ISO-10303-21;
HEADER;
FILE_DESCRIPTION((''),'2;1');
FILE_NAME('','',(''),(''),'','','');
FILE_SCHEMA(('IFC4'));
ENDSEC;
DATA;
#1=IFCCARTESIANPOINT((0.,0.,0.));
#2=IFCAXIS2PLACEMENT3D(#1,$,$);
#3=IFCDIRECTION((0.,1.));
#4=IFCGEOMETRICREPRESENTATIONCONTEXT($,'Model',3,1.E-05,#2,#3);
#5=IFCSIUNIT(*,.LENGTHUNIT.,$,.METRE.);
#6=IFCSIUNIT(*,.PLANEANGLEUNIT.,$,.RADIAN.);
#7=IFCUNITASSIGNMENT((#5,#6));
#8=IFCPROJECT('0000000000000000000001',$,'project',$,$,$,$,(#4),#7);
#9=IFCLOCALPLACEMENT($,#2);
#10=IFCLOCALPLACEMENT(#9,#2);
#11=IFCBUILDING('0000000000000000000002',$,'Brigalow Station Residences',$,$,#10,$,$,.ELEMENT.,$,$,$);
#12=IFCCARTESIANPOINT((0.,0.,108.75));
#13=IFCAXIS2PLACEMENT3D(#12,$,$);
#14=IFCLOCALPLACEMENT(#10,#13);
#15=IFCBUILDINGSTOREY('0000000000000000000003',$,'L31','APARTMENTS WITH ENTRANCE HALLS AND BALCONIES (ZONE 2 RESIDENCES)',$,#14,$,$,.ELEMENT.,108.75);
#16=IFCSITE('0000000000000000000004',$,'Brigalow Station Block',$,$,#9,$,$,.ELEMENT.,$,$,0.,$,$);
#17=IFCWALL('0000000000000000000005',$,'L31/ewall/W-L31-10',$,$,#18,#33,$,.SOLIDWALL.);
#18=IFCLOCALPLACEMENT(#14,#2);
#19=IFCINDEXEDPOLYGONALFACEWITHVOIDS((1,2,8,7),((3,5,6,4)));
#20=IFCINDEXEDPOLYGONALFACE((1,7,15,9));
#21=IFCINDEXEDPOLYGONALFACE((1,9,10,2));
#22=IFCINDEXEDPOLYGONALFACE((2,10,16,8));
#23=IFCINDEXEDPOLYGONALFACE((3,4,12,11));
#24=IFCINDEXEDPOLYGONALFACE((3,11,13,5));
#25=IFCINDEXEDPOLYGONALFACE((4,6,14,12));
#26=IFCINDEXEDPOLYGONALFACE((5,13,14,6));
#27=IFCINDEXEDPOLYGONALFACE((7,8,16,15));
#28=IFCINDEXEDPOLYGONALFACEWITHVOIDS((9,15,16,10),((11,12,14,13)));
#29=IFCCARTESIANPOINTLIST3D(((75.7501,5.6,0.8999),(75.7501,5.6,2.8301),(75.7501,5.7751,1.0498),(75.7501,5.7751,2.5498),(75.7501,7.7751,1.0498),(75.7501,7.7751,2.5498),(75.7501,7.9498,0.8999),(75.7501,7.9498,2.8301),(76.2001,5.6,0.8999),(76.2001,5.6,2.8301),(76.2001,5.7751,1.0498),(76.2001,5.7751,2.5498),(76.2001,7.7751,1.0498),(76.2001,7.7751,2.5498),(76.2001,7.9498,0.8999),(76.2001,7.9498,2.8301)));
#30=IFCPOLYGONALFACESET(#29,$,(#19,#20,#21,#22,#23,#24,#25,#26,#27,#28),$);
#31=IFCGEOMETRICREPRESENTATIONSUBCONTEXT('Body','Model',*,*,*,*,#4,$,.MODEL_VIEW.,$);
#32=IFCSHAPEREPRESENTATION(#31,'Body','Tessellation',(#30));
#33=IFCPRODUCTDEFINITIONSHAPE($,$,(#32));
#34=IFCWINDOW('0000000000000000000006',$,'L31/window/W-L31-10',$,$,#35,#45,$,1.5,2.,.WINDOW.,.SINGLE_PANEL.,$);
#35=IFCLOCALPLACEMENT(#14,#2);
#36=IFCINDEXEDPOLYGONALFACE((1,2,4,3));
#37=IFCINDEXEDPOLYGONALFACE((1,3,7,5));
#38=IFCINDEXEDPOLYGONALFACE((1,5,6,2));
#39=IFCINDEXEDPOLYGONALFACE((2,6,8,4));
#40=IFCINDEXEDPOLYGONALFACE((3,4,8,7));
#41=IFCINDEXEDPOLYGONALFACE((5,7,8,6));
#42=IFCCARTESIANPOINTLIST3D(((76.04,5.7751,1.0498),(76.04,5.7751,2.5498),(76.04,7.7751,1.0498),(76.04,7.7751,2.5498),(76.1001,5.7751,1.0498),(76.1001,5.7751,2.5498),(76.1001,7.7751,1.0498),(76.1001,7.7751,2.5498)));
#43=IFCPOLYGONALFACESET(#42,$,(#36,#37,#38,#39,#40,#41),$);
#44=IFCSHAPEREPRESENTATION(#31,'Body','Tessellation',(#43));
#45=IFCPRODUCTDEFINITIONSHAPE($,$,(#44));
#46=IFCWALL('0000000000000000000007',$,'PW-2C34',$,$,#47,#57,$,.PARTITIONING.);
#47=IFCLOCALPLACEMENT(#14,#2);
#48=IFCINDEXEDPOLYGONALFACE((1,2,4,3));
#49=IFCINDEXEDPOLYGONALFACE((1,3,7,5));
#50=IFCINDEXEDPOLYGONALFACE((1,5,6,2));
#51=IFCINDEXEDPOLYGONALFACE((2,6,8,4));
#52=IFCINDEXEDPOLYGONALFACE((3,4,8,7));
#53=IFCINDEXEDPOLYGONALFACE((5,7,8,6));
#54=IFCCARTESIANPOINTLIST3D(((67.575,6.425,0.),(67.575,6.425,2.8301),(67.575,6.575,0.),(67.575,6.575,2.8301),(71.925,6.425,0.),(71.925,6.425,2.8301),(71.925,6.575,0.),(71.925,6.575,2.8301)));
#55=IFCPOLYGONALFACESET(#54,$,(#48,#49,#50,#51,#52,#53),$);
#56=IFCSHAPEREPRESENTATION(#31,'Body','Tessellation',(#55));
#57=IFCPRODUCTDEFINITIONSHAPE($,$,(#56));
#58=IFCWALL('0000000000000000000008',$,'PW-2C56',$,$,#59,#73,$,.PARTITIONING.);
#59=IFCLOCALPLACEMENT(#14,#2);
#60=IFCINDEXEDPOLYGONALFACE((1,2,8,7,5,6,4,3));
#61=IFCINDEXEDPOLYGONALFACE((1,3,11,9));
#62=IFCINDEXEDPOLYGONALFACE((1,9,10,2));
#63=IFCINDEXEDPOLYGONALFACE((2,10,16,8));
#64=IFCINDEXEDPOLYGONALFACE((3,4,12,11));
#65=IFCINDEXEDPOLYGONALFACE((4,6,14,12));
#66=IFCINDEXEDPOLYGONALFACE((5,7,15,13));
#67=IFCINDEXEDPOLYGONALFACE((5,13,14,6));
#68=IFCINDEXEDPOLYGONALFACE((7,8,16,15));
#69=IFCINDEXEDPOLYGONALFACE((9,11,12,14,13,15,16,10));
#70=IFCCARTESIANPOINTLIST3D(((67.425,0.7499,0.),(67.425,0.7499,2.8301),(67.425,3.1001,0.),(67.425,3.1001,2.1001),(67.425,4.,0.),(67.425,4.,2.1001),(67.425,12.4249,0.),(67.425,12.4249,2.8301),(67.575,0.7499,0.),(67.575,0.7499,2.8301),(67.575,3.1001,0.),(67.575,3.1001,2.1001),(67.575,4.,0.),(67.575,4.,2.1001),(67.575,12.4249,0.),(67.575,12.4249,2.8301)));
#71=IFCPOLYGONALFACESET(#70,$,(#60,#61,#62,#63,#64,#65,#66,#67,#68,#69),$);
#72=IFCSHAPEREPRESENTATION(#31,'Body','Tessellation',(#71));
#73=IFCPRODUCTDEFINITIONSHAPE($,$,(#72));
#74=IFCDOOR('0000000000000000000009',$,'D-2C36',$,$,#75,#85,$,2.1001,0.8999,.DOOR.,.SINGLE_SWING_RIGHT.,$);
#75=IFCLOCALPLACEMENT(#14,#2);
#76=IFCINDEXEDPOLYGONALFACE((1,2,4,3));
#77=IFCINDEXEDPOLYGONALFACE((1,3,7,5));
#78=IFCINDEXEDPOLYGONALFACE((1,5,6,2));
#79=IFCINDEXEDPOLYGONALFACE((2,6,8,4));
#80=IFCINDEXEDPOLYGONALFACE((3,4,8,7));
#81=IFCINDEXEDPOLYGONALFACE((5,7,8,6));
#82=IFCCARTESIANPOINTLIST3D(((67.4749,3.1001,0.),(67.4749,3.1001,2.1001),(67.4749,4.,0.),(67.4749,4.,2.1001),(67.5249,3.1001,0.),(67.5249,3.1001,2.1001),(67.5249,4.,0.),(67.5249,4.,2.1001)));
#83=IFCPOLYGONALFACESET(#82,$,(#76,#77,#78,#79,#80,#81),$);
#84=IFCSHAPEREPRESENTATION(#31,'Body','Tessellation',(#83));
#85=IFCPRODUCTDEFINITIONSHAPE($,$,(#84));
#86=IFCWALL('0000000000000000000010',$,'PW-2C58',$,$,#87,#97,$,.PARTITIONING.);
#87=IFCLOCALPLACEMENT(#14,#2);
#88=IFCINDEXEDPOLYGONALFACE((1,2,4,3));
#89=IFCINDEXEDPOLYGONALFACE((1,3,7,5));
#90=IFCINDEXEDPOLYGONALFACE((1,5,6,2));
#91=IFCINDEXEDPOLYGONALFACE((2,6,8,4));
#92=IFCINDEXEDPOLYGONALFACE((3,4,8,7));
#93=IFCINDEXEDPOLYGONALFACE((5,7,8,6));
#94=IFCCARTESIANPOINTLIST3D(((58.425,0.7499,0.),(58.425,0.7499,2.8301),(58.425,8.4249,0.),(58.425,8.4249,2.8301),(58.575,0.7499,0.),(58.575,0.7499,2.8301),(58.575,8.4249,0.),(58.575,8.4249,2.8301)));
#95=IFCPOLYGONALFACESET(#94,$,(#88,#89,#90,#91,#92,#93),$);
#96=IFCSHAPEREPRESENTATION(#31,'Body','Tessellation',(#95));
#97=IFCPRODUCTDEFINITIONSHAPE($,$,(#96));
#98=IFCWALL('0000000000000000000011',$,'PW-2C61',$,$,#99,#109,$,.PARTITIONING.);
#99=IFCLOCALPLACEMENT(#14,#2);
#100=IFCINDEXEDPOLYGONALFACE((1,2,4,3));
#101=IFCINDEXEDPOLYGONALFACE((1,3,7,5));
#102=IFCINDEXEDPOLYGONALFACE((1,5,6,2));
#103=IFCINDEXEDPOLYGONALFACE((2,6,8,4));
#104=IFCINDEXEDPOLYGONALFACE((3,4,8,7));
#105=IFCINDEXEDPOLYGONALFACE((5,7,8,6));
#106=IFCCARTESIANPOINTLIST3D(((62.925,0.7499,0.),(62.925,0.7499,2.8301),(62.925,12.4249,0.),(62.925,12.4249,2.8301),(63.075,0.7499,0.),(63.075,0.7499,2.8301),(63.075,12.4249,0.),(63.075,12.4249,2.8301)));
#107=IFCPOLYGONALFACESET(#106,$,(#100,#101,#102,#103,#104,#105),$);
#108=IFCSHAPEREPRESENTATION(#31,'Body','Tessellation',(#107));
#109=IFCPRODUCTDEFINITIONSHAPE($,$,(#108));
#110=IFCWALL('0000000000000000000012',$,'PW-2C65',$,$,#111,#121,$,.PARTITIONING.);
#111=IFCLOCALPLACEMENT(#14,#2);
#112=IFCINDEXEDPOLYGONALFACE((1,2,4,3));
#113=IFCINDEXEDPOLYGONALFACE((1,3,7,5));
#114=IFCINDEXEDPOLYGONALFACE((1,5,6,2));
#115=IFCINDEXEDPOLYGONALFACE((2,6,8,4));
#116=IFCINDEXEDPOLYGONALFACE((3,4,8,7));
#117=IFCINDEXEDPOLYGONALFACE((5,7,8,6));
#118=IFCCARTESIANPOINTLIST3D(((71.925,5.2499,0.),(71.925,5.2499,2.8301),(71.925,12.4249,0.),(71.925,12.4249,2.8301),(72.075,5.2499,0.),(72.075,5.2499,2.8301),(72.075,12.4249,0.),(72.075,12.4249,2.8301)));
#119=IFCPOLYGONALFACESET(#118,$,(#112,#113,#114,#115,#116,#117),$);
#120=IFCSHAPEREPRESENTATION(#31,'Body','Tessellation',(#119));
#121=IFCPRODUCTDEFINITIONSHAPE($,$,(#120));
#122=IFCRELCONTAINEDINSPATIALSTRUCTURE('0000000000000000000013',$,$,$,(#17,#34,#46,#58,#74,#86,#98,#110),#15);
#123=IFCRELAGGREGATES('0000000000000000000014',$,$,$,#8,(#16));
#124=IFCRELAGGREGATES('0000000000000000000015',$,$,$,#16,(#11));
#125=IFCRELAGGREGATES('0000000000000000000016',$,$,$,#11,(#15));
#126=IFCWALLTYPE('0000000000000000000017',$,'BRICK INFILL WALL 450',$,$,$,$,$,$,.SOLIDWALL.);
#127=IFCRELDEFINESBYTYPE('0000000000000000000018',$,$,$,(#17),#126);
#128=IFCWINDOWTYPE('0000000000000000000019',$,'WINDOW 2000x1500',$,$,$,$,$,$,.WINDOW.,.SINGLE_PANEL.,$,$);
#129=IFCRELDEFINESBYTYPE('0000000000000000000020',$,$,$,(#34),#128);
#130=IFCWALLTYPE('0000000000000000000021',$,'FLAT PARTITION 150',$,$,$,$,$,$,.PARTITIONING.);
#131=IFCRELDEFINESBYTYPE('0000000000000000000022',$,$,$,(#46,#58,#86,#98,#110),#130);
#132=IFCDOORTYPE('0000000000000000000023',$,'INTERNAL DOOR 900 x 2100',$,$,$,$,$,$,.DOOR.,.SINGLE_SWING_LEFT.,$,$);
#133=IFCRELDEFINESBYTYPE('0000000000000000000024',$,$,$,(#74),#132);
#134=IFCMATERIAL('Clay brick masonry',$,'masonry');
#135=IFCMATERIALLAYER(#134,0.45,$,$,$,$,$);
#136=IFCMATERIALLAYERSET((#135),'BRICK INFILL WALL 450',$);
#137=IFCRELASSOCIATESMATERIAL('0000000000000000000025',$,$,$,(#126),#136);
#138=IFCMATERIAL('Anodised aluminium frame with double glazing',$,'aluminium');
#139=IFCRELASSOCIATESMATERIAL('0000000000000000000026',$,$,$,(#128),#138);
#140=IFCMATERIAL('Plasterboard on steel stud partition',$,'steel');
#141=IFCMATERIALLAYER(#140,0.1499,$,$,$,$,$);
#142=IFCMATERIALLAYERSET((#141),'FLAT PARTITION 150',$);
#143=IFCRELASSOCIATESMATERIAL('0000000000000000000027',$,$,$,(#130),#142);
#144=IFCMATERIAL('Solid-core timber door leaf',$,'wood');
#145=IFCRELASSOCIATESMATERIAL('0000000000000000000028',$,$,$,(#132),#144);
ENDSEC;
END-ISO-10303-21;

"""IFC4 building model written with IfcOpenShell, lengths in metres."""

from ifc_helpers import new_model, si_unit, direction, frame, frame_2d, origin, place, context, subcontext, project, spatial, rectangle, extrude, material, layer, layer_set, type_object, element, fill, save


model = new_model("IFC4")

# Units and contexts
model_context = context("Model", 3, precision=1e-05, world=origin(), true_north=direction((0.0, 1.0)))
body_context = subcontext(model_context, "Body", "Model", "MODEL_VIEW")
ifc_project = project(units=[si_unit("LENGTHUNIT", "METRE"), si_unit("PLANEANGLEUNIT", "RADIAN")], contexts=[model_context])

# Site, building, storey
site_placement = place(None, origin())
site = spatial("IfcSite", under=ifc_project, at=site_placement, Name="Brigalow Station Block", CompositionType="ELEMENT", RefElevation=0.0)
building_placement = place(site_placement, origin())
building = spatial("IfcBuilding", under=site, at=building_placement, Name="Brigalow Station Residences", CompositionType="ELEMENT")
storey_placement = place(building_placement, frame((0.0, 0.0, 108.75)))
storey = spatial("IfcBuildingStorey", under=building, at=storey_placement, Name="L31", Description="APARTMENTS WITH ENTRANCE HALLS AND BALCONIES (ZONE 2 RESIDENCES)", CompositionType="ELEMENT", Elevation=108.75)

# Wall, opening, window
ifc_material_1 = material(Name="Clay brick masonry", Category="masonry")
ifc_layer_1 = layer(ifc_material_1, 0.45)
ifc_layer_set_1 = layer_set([ifc_layer_1], Name="BRICK INFILL WALL 450")
wall_type_1 = type_object("IfcWallType", Name="BRICK INFILL WALL 450", PredefinedType="SOLIDWALL", material=ifc_layer_set_1)
wall_1_placement = place(storey_placement, frame((75.9751, 5.6001, 0.8999), z_axis=(0.0, 0.0, 1.0), x_axis=(0.0, 1.0, 0.0)))
wall_1 = element("IfcWall", 1, at=wall_1_placement, inside=storey, type_object=wall_type_1, Name="L31/ewall/W-L31-10", PredefinedType="SOLIDWALL", context=body_context, shape_type="SweptSolid", body=[
    extrude(rectangle(XDim=2.3499, YDim=0.45, at=frame_2d((1.1748, 0.0))), origin(), (0.0, 0.0, 1.0), 1.9302),
])
opening_1_placement = place(wall_1_placement, frame((0.175, 0.0, 0.1499)))
opening_1 = element("IfcOpeningElement", 2, at=opening_1_placement, cuts=wall_1, PredefinedType="OPENING", context=body_context, shape_type="SweptSolid", body=[
    extrude(rectangle(XDim=2.0, YDim=1.5, at=frame_2d((1.0, 0.75))), frame((0.0, 0.2349, 0.0), z_axis=(0.0, -1.0, 0.0), x_axis=(1.0, 0.0, 0.0)), (0.0, 0.0, 1.0), 0.47),
])
ifc_material_2 = material(Name="Anodised aluminium frame with double glazing", Category="aluminium")
window_type_1 = type_object("IfcWindowType", Name="WINDOW 2000x1500", PartitioningType="SINGLE_PANEL", PredefinedType="WINDOW", material=ifc_material_2)
window_1_placement = place(opening_1_placement, origin())
window_1 = element("IfcWindow", 3, at=window_1_placement, inside=storey, type_object=window_type_1, Name="L31/window/W-L31-10", OverallHeight=1.5, OverallWidth=2.0, PartitioningType="SINGLE_PANEL", PredefinedType="WINDOW", context=body_context, shape_type="SweptSolid", body=[
    extrude(rectangle(XDim=2.0, YDim=1.5, at=frame_2d((1.0, 0.75))), frame((0.0, -0.0649, 0.0), z_axis=(0.0, -1.0, 0.0), x_axis=(1.0, 0.0, 0.0)), (0.0, 0.0, 1.0), 0.0601),
])
fill(opening_1, window_1)

# Wall
ifc_material_3 = material(Name="Plasterboard on steel stud partition", Category="steel")
ifc_layer_2 = layer(ifc_material_3, 0.1499)
ifc_layer_set_2 = layer_set([ifc_layer_2], Name="FLAT PARTITION 150")
wall_type_2 = type_object("IfcWallType", Name="FLAT PARTITION 150", PredefinedType="PARTITIONING", material=ifc_layer_set_2)
wall_2_placement = place(storey_placement, frame((67.575, 6.5, 0.0), z_axis=(0.0, 0.0, 1.0), x_axis=(1.0, 0.0, 0.0)))
element("IfcWall", 4, at=wall_2_placement, inside=storey, type_object=wall_type_2, Name="PW-2C34", PredefinedType="PARTITIONING", context=body_context, shape_type="SweptSolid", body=[
    extrude(rectangle(XDim=4.3501, YDim=0.1499, at=frame_2d((2.175, 0.0))), origin(), (0.0, 0.0, 1.0), 2.8301),
])

# Wall, opening, door
wall_3_placement = place(storey_placement, frame((67.5, 0.75, 0.0), z_axis=(0.0, 0.0, 1.0), x_axis=(0.0, 1.0, 0.0)))
wall_3 = element("IfcWall", 5, at=wall_3_placement, inside=storey, type_object=wall_type_2, Name="PW-2C56", PredefinedType="PARTITIONING", context=body_context, shape_type="SweptSolid", body=[
    extrude(rectangle(XDim=11.675, YDim=0.1499, at=frame_2d((5.8374, 0.0))), origin(), (0.0, 0.0, 1.0), 2.8301),
])
opening_2_placement = place(wall_3_placement, frame((2.3501, 0.0, 0.0)))
opening_2 = element("IfcOpeningElement", 6, at=opening_2_placement, cuts=wall_3, PredefinedType="OPENING", context=body_context, shape_type="SweptSolid", body=[
    extrude(rectangle(XDim=0.8999, YDim=2.1001, at=frame_2d((0.45, 1.05))), frame((0.0, 0.085, 0.0), z_axis=(0.0, -1.0, 0.0), x_axis=(1.0, 0.0, 0.0)), (0.0, 0.0, 1.0), 0.1699),
])
ifc_material_4 = material(Name="Solid-core timber door leaf", Category="wood")
door_type = type_object("IfcDoorType", Name="INTERNAL DOOR 900 x 2100", OperationType="SINGLE_SWING_LEFT", PredefinedType="DOOR", material=ifc_material_4)
door_placement = place(opening_2_placement, frame((0.8999, 0.0, 0.0), z_axis=(0.0, 0.0, 1.0), x_axis=(-1.0, 0.0, 0.0)))
door = element("IfcDoor", 7, at=door_placement, inside=storey, type_object=door_type, Name="D-2C36", OperationType="SINGLE_SWING_RIGHT", OverallHeight=2.1001, OverallWidth=0.8999, PredefinedType="DOOR", context=body_context, shape_type="SweptSolid", body=[
    extrude(rectangle(XDim=0.8999, YDim=2.1001, at=frame_2d((0.45, 1.05))), frame((0.0, 0.0249, 0.0), z_axis=(0.0, -1.0, 0.0), x_axis=(1.0, 0.0, 0.0)), (0.0, 0.0, 1.0), 0.05),
])
fill(opening_2, door)

# Walls
wall_4_placement = place(storey_placement, frame((58.5, 0.75, 0.0), z_axis=(0.0, 0.0, 1.0), x_axis=(0.0, 1.0, 0.0)))
element("IfcWall", 8, at=wall_4_placement, inside=storey, type_object=wall_type_2, Name="PW-2C58", PredefinedType="PARTITIONING", context=body_context, shape_type="SweptSolid", body=[
    extrude(rectangle(XDim=7.675, YDim=0.1499, at=frame_2d((3.8374, 0.0))), origin(), (0.0, 0.0, 1.0), 2.8301),
])
wall_5_placement = place(storey_placement, frame((63.0, 0.75, 0.0), z_axis=(0.0, 0.0, 1.0), x_axis=(0.0, 1.0, 0.0)))
element("IfcWall", 9, at=wall_5_placement, inside=storey, type_object=wall_type_2, Name="PW-2C61", PredefinedType="PARTITIONING", context=body_context, shape_type="SweptSolid", body=[
    extrude(rectangle(XDim=11.675, YDim=0.1499, at=frame_2d((5.8374, 0.0))), origin(), (0.0, 0.0, 1.0), 2.8301),
])
wall_6_placement = place(storey_placement, frame((72.0, 5.25, 0.0), z_axis=(0.0, 0.0, 1.0), x_axis=(0.0, 1.0, 0.0)))
element("IfcWall", 10, at=wall_6_placement, inside=storey, type_object=wall_type_2, Name="PW-2C65", PredefinedType="PARTITIONING", context=body_context, shape_type="SweptSolid", body=[
    extrude(rectangle(XDim=7.175, YDim=0.1499, at=frame_2d((3.5874, 0.0))), origin(), (0.0, 0.0, 1.0), 2.8301),
])

save(model, "model.ifc")
